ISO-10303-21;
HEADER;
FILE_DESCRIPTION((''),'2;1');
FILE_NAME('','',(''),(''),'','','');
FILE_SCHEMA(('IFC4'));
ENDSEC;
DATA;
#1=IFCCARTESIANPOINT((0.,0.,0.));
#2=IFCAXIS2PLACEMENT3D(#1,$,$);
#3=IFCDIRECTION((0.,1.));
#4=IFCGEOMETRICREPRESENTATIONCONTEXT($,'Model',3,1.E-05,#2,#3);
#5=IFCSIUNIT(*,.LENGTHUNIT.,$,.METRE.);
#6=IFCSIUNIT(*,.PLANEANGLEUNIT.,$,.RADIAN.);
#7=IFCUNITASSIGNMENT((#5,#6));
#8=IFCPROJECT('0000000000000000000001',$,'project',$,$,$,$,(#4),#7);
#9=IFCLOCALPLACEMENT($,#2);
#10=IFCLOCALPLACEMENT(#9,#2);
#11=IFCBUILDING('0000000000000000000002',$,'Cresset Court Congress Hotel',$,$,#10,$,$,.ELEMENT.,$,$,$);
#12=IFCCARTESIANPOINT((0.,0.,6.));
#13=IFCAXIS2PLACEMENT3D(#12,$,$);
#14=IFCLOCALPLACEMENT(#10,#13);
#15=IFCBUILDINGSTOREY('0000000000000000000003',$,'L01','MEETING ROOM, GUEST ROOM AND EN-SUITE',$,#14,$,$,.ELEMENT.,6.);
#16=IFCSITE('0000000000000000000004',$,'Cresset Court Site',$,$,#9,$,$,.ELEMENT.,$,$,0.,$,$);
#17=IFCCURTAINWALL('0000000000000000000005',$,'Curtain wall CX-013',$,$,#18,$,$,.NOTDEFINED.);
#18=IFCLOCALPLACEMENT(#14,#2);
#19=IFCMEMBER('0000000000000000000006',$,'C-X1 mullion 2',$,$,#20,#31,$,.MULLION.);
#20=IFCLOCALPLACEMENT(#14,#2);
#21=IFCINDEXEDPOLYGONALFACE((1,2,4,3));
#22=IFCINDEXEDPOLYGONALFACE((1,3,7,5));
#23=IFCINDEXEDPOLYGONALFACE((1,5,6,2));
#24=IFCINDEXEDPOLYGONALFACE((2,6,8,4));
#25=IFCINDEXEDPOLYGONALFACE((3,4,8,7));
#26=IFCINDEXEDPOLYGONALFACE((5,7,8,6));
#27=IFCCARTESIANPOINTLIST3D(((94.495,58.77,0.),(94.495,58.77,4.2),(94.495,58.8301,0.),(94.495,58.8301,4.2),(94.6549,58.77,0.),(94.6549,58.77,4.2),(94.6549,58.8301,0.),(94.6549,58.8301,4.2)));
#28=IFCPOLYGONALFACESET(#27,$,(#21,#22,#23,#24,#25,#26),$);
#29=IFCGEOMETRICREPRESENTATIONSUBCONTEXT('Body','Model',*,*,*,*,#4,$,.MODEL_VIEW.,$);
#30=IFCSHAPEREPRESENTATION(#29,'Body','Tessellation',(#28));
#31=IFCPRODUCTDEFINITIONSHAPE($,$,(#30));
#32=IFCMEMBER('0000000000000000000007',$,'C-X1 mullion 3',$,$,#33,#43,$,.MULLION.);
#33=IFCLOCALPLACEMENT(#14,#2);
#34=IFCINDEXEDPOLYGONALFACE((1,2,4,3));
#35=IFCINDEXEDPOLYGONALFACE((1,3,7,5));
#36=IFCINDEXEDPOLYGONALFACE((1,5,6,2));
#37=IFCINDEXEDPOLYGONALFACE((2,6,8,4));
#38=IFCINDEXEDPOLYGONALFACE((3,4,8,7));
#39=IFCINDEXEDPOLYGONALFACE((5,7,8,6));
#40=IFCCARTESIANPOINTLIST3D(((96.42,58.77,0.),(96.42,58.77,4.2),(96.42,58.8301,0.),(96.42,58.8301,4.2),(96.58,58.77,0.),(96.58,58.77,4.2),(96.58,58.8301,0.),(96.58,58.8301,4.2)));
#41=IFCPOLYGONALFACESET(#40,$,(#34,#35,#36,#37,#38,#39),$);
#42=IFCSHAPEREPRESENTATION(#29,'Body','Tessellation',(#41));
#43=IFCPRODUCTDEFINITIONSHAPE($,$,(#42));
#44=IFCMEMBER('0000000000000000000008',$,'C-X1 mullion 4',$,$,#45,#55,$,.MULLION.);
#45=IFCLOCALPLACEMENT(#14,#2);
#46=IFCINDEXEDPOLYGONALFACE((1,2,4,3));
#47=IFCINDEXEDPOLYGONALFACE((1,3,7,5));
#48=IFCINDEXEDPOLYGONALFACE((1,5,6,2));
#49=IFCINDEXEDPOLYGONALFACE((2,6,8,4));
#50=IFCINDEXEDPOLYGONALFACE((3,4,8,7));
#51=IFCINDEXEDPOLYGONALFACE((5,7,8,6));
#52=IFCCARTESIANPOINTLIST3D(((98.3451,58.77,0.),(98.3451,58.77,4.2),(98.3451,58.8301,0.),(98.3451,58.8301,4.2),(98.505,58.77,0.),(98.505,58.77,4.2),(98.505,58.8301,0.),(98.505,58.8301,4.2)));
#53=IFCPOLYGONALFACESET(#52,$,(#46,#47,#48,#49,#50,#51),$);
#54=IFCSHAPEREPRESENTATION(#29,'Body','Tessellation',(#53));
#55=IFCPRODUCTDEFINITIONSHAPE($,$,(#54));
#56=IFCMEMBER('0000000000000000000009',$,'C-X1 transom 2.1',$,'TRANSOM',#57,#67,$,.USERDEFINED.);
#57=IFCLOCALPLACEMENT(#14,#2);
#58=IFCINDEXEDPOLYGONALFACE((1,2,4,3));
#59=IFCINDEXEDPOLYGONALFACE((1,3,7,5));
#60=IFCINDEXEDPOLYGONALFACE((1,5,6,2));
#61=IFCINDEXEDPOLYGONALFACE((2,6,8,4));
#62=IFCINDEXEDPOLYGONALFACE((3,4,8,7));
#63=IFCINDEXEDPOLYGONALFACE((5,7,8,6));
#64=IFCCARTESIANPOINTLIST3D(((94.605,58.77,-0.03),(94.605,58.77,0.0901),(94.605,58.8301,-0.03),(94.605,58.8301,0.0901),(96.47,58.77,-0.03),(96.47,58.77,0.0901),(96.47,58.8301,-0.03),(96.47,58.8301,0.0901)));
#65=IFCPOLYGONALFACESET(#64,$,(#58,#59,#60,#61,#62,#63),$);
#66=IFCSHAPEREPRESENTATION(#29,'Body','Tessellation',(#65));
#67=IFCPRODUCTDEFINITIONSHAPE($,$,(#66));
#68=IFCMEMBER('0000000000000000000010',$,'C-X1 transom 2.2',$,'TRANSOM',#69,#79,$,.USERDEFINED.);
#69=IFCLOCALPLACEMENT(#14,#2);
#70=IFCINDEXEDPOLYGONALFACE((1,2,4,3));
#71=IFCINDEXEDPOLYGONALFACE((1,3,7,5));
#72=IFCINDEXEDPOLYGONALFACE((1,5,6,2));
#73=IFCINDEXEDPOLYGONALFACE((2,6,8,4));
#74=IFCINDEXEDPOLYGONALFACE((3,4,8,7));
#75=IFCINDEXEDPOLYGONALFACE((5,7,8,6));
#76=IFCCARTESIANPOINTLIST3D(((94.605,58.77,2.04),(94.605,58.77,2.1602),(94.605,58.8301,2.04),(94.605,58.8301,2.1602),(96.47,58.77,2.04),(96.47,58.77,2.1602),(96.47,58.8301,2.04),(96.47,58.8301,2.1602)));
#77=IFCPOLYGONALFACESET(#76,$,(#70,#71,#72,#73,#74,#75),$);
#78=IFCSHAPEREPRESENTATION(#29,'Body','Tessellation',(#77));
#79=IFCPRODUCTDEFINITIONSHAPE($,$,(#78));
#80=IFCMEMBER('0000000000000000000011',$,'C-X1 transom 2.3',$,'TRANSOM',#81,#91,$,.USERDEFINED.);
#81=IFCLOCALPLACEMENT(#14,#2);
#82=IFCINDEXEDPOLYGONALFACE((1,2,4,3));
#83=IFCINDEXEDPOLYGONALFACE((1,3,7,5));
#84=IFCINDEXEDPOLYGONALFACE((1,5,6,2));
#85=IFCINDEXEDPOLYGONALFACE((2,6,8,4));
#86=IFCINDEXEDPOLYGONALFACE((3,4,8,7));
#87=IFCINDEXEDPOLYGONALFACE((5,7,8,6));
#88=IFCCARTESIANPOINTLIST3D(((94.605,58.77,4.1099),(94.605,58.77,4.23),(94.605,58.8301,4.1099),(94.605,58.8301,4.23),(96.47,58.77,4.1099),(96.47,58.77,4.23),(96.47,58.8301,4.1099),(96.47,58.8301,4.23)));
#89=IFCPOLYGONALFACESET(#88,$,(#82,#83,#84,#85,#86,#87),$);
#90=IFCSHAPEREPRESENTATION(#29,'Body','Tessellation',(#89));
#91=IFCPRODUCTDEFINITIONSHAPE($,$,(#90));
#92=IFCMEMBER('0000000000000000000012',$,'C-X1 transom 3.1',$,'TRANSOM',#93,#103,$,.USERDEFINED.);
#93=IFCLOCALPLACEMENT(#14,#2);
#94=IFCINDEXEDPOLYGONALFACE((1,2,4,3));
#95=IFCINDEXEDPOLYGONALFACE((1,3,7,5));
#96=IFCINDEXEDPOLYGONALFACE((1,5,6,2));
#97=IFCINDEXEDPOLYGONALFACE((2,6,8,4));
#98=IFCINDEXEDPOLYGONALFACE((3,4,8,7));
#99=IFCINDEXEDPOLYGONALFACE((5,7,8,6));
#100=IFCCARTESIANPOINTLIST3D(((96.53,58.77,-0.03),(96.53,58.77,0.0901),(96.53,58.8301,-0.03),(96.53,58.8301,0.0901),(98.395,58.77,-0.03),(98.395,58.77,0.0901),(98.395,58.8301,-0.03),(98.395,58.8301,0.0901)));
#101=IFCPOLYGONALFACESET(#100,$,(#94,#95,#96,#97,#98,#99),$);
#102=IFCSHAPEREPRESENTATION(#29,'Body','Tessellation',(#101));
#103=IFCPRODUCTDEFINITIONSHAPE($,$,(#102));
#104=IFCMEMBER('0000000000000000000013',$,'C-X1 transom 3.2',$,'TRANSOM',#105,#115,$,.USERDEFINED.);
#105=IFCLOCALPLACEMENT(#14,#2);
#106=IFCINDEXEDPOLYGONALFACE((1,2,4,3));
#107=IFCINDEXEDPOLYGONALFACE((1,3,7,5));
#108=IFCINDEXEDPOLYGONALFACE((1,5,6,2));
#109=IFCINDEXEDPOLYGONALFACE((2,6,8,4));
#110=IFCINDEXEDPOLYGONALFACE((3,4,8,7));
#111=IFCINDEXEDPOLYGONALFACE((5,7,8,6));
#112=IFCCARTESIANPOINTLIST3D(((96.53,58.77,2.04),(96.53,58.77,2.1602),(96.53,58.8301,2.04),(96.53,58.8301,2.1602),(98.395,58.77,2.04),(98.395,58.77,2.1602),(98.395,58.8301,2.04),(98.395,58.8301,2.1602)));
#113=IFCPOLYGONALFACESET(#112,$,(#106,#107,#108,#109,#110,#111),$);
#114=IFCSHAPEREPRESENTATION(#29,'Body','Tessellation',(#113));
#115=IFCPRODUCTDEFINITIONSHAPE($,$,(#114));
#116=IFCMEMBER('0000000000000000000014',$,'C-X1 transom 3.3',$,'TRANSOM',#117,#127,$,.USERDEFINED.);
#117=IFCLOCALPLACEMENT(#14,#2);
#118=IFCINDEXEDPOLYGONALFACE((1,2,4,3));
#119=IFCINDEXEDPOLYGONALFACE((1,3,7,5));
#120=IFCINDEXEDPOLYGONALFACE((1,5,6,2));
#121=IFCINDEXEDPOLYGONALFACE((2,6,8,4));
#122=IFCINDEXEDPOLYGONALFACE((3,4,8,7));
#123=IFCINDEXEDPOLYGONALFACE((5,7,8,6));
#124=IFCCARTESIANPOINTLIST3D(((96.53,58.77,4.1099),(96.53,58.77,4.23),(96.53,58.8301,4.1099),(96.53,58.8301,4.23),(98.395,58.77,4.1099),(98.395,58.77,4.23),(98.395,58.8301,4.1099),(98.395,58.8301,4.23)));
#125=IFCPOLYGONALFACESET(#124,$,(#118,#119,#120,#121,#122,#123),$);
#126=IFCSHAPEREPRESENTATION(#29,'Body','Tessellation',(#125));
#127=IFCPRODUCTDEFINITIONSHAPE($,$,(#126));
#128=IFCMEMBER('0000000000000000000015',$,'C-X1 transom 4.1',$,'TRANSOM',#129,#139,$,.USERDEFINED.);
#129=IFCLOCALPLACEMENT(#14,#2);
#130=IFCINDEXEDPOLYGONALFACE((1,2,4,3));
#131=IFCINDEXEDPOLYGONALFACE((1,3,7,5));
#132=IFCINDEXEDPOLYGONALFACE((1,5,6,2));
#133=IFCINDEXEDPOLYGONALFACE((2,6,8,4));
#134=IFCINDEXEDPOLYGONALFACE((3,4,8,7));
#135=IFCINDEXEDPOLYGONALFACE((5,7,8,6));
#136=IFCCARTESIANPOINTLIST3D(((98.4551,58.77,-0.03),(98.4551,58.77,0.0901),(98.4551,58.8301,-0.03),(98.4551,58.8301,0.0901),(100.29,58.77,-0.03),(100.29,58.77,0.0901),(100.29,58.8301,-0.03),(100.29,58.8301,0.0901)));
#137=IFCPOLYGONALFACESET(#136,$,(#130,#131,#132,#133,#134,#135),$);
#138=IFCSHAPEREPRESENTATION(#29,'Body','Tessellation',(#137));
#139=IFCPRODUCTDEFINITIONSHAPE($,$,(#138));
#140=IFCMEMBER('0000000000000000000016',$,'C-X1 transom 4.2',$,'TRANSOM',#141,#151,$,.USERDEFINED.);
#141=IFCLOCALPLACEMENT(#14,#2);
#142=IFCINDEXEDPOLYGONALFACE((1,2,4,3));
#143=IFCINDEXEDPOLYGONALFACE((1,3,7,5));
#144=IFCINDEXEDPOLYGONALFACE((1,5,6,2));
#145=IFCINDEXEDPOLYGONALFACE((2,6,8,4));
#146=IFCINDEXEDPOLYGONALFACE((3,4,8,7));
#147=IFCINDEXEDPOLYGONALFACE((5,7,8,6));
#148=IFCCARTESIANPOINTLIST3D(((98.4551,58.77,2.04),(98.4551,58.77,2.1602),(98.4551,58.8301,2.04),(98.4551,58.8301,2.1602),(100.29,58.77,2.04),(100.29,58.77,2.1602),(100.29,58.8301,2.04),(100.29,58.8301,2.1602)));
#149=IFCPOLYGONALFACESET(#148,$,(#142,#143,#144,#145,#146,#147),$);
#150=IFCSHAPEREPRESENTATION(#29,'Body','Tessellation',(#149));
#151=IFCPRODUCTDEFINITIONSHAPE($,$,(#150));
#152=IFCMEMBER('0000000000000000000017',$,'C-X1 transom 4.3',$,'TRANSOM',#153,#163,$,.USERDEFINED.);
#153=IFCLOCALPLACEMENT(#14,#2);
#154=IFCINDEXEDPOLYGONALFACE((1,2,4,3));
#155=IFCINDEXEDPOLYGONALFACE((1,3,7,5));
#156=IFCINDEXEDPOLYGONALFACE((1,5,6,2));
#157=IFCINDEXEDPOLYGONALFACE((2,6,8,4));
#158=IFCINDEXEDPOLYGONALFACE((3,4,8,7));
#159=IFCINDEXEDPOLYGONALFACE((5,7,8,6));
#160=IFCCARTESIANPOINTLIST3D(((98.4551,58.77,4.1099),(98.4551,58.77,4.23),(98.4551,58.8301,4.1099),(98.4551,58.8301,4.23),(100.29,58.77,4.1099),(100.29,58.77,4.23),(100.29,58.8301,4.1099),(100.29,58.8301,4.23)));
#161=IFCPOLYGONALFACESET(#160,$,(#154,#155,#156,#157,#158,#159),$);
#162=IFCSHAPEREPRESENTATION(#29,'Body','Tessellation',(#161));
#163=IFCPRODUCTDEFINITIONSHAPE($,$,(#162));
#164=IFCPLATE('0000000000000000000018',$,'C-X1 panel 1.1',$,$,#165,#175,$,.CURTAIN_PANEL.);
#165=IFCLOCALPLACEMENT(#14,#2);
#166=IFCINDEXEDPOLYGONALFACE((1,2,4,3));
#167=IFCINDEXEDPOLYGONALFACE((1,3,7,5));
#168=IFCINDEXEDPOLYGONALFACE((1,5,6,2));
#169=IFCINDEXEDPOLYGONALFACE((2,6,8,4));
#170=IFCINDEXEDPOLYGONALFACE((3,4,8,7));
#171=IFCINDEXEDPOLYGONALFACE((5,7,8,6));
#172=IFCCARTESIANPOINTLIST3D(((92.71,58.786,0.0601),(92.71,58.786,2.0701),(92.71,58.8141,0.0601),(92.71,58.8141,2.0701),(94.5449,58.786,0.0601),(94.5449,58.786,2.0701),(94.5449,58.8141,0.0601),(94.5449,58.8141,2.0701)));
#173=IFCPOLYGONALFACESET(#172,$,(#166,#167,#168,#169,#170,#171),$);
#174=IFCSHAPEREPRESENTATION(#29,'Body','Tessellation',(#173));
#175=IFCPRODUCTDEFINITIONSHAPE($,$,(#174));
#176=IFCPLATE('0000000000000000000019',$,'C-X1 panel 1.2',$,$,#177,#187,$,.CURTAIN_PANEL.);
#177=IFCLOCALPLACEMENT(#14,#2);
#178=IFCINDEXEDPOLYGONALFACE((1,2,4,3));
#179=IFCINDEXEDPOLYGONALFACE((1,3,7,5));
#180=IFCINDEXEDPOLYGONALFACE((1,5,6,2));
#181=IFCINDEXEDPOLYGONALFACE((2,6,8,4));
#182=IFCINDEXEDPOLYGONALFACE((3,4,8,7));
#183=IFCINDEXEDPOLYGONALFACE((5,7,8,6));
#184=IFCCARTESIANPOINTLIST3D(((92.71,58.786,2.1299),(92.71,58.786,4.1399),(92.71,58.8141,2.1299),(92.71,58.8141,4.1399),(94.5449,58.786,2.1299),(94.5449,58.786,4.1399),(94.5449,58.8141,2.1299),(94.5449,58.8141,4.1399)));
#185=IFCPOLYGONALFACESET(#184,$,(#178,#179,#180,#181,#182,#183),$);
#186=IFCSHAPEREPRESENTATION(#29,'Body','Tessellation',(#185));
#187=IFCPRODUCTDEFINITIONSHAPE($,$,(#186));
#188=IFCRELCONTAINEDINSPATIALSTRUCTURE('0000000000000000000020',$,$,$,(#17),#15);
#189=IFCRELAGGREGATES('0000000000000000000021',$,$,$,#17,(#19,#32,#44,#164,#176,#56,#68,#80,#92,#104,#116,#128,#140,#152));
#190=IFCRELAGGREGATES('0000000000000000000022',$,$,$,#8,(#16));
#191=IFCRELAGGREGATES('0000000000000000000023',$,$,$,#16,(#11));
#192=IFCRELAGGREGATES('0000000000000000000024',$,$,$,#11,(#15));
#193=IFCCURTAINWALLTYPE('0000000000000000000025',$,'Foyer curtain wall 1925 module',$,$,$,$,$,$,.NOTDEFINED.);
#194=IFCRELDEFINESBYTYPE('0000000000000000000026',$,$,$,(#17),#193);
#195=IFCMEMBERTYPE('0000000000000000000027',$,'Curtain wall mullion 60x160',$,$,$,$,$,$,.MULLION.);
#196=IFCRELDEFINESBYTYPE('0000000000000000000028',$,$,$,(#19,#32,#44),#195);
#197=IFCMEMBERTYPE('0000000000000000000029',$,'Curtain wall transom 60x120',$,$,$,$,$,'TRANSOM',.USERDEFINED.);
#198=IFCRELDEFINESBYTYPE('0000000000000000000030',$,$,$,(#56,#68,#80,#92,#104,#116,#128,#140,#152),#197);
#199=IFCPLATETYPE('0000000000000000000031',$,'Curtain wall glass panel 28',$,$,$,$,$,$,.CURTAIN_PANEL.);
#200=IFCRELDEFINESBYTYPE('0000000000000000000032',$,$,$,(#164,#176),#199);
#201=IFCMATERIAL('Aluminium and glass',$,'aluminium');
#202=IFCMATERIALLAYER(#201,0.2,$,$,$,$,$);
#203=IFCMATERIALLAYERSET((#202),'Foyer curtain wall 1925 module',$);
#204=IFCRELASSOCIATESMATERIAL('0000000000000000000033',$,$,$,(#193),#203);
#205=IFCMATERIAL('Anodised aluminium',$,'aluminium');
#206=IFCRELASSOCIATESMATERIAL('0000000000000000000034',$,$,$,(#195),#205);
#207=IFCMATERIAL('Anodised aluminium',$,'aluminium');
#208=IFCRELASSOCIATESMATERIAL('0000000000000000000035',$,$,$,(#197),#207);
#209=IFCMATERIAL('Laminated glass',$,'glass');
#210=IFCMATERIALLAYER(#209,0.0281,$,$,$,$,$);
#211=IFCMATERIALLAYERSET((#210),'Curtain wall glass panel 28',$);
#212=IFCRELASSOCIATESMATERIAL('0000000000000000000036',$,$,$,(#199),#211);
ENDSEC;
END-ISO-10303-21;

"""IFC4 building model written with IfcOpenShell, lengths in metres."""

from ifc_helpers import new_model, si_unit, direction, frame, origin, origin_2d, place, context, subcontext, project, spatial, rectangle, extrude, material, layer, layer_set, material_profile, profile_set, type_object, element, aggregate, save


model = new_model("IFC4")

# Units and contexts
model_context = context("Model", 3, precision=1e-05, world=origin(), true_north=direction((0.0, 1.0)))
body_context = subcontext(model_context, "Body", "Model", "MODEL_VIEW")
ifc_project = project(units=[si_unit("LENGTHUNIT", "METRE"), si_unit("PLANEANGLEUNIT", "RADIAN")], contexts=[model_context])

# Site, building, storey
site_placement = place(None, origin())
site = spatial("IfcSite", under=ifc_project, at=site_placement, Name="Cresset Court Site", CompositionType="ELEMENT", RefElevation=0.0)
building_placement = place(site_placement, origin())
building = spatial("IfcBuilding", under=site, at=building_placement, Name="Cresset Court Congress Hotel", CompositionType="ELEMENT")
storey_placement = place(building_placement, frame((0.0, 0.0, 6.0)))
storey = spatial("IfcBuildingStorey", under=building, at=storey_placement, Name="L01", Description="MEETING ROOM, GUEST ROOM AND EN-SUITE", CompositionType="ELEMENT", Elevation=6.0)

# Curtain wall, members, plates
ifc_material_1 = material(Name="Aluminium and glass", Category="aluminium")
ifc_layer_1 = layer(ifc_material_1, 0.2)
ifc_layer_set_1 = layer_set([ifc_layer_1], Name="Foyer curtain wall 1925 module")
curtain_wall_type = type_object("IfcCurtainWallType", Name="Foyer curtain wall 1925 module", PredefinedType="NOTDEFINED", material=ifc_layer_set_1)
curtain_wall_placement = place(storey_placement, origin())
curtain_wall = element("IfcCurtainWall", 1, at=curtain_wall_placement, inside=storey, type_object=curtain_wall_type, Name="Curtain wall CX-013", PredefinedType="NOTDEFINED")
ifc_material_2 = material(Name="Anodised aluminium", Category="aluminium")
ifc_material_profile_1 = material_profile(ifc_material_2, rectangle(XDim=0.0601, YDim=0.1599, at=origin_2d()), Name="AL60x160")
ifc_profile_set_1 = profile_set([ifc_material_profile_1], Name="Anodised aluminium")
member_type_1 = type_object("IfcMemberType", Name="Curtain wall mullion 60x160", PredefinedType="MULLION", material=ifc_profile_set_1)
member_1_placement = place(storey_placement, frame((94.575, 58.8, 0.0), z_axis=(0.0, 0.0, 1.0), x_axis=(0.0, 1.0, 0.0)))
member_1 = element("IfcMember", 2, at=member_1_placement, type_object=member_type_1, Name="C-X1 mullion 2", PredefinedType="MULLION", context=body_context, shape_type="SweptSolid", body=[
    extrude(rectangle(XDim=0.0601, YDim=0.1599, at=origin_2d()), origin(), (0.0, 0.0, 1.0), 4.2),
])
member_2_placement = place(storey_placement, frame((96.5, 58.8, 0.0), z_axis=(0.0, 0.0, 1.0), x_axis=(0.0, 1.0, 0.0)))
member_2 = element("IfcMember", 3, at=member_2_placement, type_object=member_type_1, Name="C-X1 mullion 3", PredefinedType="MULLION", context=body_context, shape_type="SweptSolid", body=[
    extrude(rectangle(XDim=0.0601, YDim=0.1599, at=origin_2d()), origin(), (0.0, 0.0, 1.0), 4.2),
])
member_3_placement = place(storey_placement, frame((98.425, 58.8, 0.0), z_axis=(0.0, 0.0, 1.0), x_axis=(0.0, 1.0, 0.0)))
member_3 = element("IfcMember", 4, at=member_3_placement, type_object=member_type_1, Name="C-X1 mullion 4", PredefinedType="MULLION", context=body_context, shape_type="SweptSolid", body=[
    extrude(rectangle(XDim=0.0601, YDim=0.1599, at=origin_2d()), origin(), (0.0, 0.0, 1.0), 4.2),
])
ifc_material_3 = material(Name="Anodised aluminium", Category="aluminium")
ifc_material_profile_2 = material_profile(ifc_material_3, rectangle(XDim=0.0601, YDim=0.1201, at=origin_2d()), Name="AL60x120")
ifc_profile_set_2 = profile_set([ifc_material_profile_2], Name="Anodised aluminium")
member_type_2 = type_object("IfcMemberType", Name="Curtain wall transom 60x120", ElementType="TRANSOM", PredefinedType="USERDEFINED", material=ifc_profile_set_2)
member_4_placement = place(storey_placement, frame((94.605, 58.8, 0.03), z_axis=(1.0, 0.0, 0.0), x_axis=(0.0, 1.0, 0.0)))
member_4 = element("IfcMember", 5, at=member_4_placement, type_object=member_type_2, Name="C-X1 transom 2.1", ObjectType="TRANSOM", PredefinedType="USERDEFINED", context=body_context, shape_type="SweptSolid", body=[
    extrude(rectangle(XDim=0.0601, YDim=0.1201, at=origin_2d()), origin(), (0.0, 0.0, 1.0), 1.865),
])
member_5_placement = place(storey_placement, frame((94.605, 58.8, 2.1001), z_axis=(1.0, 0.0, 0.0), x_axis=(0.0, 1.0, 0.0)))
member_5 = element("IfcMember", 6, at=member_5_placement, type_object=member_type_2, Name="C-X1 transom 2.2", ObjectType="TRANSOM", PredefinedType="USERDEFINED", context=body_context, shape_type="SweptSolid", body=[
    extrude(rectangle(XDim=0.0601, YDim=0.1201, at=origin_2d()), origin(), (0.0, 0.0, 1.0), 1.865),
])
member_6_placement = place(storey_placement, frame((94.605, 58.8, 4.1699), z_axis=(1.0, 0.0, 0.0), x_axis=(0.0, 1.0, 0.0)))
member_6 = element("IfcMember", 7, at=member_6_placement, type_object=member_type_2, Name="C-X1 transom 2.3", ObjectType="TRANSOM", PredefinedType="USERDEFINED", context=body_context, shape_type="SweptSolid", body=[
    extrude(rectangle(XDim=0.0601, YDim=0.1201, at=origin_2d()), origin(), (0.0, 0.0, 1.0), 1.865),
])
member_7_placement = place(storey_placement, frame((96.53, 58.8, 0.03), z_axis=(1.0, 0.0, 0.0), x_axis=(0.0, 1.0, 0.0)))
member_7 = element("IfcMember", 8, at=member_7_placement, type_object=member_type_2, Name="C-X1 transom 3.1", ObjectType="TRANSOM", PredefinedType="USERDEFINED", context=body_context, shape_type="SweptSolid", body=[
    extrude(rectangle(XDim=0.0601, YDim=0.1201, at=origin_2d()), origin(), (0.0, 0.0, 1.0), 1.865),
])
member_8_placement = place(storey_placement, frame((96.53, 58.8, 2.1001), z_axis=(1.0, 0.0, 0.0), x_axis=(0.0, 1.0, 0.0)))
member_8 = element("IfcMember", 9, at=member_8_placement, type_object=member_type_2, Name="C-X1 transom 3.2", ObjectType="TRANSOM", PredefinedType="USERDEFINED", context=body_context, shape_type="SweptSolid", body=[
    extrude(rectangle(XDim=0.0601, YDim=0.1201, at=origin_2d()), origin(), (0.0, 0.0, 1.0), 1.865),
])
member_9_placement = place(storey_placement, frame((96.53, 58.8, 4.1699), z_axis=(1.0, 0.0, 0.0), x_axis=(0.0, 1.0, 0.0)))
member_9 = element("IfcMember", 10, at=member_9_placement, type_object=member_type_2, Name="C-X1 transom 3.3", ObjectType="TRANSOM", PredefinedType="USERDEFINED", context=body_context, shape_type="SweptSolid", body=[
    extrude(rectangle(XDim=0.0601, YDim=0.1201, at=origin_2d()), origin(), (0.0, 0.0, 1.0), 1.865),
])
member_10_placement = place(storey_placement, frame((98.4551, 58.8, 0.03), z_axis=(1.0, 0.0, 0.0), x_axis=(0.0, 1.0, 0.0)))
member_10 = element("IfcMember", 11, at=member_10_placement, type_object=member_type_2, Name="C-X1 transom 4.1", ObjectType="TRANSOM", PredefinedType="USERDEFINED", context=body_context, shape_type="SweptSolid", body=[
    extrude(rectangle(XDim=0.0601, YDim=0.1201, at=origin_2d()), origin(), (0.0, 0.0, 1.0), 1.835),
])
member_11_placement = place(storey_placement, frame((98.4551, 58.8, 2.1001), z_axis=(1.0, 0.0, 0.0), x_axis=(0.0, 1.0, 0.0)))
member_11 = element("IfcMember", 12, at=member_11_placement, type_object=member_type_2, Name="C-X1 transom 4.2", ObjectType="TRANSOM", PredefinedType="USERDEFINED", context=body_context, shape_type="SweptSolid", body=[
    extrude(rectangle(XDim=0.0601, YDim=0.1201, at=origin_2d()), origin(), (0.0, 0.0, 1.0), 1.835),
])
member_12_placement = place(storey_placement, frame((98.4551, 58.8, 4.1699), z_axis=(1.0, 0.0, 0.0), x_axis=(0.0, 1.0, 0.0)))
member_12 = element("IfcMember", 13, at=member_12_placement, type_object=member_type_2, Name="C-X1 transom 4.3", ObjectType="TRANSOM", PredefinedType="USERDEFINED", context=body_context, shape_type="SweptSolid", body=[
    extrude(rectangle(XDim=0.0601, YDim=0.1201, at=origin_2d()), origin(), (0.0, 0.0, 1.0), 1.835),
])
ifc_material_4 = material(Name="Laminated glass", Category="glass")
ifc_layer_2 = layer(ifc_material_4, 0.0281)
ifc_layer_set_2 = layer_set([ifc_layer_2], Name="Curtain wall glass panel 28")
plate_type = type_object("IfcPlateType", Name="Curtain wall glass panel 28", PredefinedType="CURTAIN_PANEL", material=ifc_layer_set_2)
plate_1_placement = place(storey_placement, frame((93.6274, 58.8, 0.0601), z_axis=(0.0, 0.0, 1.0), x_axis=(1.0, 0.0, 0.0)))
plate_1 = element("IfcPlate", 14, at=plate_1_placement, type_object=plate_type, Name="C-X1 panel 1.1", PredefinedType="CURTAIN_PANEL", context=body_context, shape_type="SweptSolid", body=[
    extrude(rectangle(XDim=1.835, YDim=0.0281, at=origin_2d()), origin(), (0.0, 0.0, 1.0), 2.01),
])
plate_2_placement = place(storey_placement, frame((93.6274, 58.8, 2.1299), z_axis=(0.0, 0.0, 1.0), x_axis=(1.0, 0.0, 0.0)))
plate_2 = element("IfcPlate", 15, at=plate_2_placement, type_object=plate_type, Name="C-X1 panel 1.2", PredefinedType="CURTAIN_PANEL", context=body_context, shape_type="SweptSolid", body=[
    extrude(rectangle(XDim=1.835, YDim=0.0281, at=origin_2d()), origin(), (0.0, 0.0, 1.0), 2.01),
])
aggregate(curtain_wall, [member_1, member_2, member_3, plate_1, plate_2, member_4, member_5, member_6, member_7, member_8, member_9, member_10, member_11, member_12])

save(model, "model.ifc")
